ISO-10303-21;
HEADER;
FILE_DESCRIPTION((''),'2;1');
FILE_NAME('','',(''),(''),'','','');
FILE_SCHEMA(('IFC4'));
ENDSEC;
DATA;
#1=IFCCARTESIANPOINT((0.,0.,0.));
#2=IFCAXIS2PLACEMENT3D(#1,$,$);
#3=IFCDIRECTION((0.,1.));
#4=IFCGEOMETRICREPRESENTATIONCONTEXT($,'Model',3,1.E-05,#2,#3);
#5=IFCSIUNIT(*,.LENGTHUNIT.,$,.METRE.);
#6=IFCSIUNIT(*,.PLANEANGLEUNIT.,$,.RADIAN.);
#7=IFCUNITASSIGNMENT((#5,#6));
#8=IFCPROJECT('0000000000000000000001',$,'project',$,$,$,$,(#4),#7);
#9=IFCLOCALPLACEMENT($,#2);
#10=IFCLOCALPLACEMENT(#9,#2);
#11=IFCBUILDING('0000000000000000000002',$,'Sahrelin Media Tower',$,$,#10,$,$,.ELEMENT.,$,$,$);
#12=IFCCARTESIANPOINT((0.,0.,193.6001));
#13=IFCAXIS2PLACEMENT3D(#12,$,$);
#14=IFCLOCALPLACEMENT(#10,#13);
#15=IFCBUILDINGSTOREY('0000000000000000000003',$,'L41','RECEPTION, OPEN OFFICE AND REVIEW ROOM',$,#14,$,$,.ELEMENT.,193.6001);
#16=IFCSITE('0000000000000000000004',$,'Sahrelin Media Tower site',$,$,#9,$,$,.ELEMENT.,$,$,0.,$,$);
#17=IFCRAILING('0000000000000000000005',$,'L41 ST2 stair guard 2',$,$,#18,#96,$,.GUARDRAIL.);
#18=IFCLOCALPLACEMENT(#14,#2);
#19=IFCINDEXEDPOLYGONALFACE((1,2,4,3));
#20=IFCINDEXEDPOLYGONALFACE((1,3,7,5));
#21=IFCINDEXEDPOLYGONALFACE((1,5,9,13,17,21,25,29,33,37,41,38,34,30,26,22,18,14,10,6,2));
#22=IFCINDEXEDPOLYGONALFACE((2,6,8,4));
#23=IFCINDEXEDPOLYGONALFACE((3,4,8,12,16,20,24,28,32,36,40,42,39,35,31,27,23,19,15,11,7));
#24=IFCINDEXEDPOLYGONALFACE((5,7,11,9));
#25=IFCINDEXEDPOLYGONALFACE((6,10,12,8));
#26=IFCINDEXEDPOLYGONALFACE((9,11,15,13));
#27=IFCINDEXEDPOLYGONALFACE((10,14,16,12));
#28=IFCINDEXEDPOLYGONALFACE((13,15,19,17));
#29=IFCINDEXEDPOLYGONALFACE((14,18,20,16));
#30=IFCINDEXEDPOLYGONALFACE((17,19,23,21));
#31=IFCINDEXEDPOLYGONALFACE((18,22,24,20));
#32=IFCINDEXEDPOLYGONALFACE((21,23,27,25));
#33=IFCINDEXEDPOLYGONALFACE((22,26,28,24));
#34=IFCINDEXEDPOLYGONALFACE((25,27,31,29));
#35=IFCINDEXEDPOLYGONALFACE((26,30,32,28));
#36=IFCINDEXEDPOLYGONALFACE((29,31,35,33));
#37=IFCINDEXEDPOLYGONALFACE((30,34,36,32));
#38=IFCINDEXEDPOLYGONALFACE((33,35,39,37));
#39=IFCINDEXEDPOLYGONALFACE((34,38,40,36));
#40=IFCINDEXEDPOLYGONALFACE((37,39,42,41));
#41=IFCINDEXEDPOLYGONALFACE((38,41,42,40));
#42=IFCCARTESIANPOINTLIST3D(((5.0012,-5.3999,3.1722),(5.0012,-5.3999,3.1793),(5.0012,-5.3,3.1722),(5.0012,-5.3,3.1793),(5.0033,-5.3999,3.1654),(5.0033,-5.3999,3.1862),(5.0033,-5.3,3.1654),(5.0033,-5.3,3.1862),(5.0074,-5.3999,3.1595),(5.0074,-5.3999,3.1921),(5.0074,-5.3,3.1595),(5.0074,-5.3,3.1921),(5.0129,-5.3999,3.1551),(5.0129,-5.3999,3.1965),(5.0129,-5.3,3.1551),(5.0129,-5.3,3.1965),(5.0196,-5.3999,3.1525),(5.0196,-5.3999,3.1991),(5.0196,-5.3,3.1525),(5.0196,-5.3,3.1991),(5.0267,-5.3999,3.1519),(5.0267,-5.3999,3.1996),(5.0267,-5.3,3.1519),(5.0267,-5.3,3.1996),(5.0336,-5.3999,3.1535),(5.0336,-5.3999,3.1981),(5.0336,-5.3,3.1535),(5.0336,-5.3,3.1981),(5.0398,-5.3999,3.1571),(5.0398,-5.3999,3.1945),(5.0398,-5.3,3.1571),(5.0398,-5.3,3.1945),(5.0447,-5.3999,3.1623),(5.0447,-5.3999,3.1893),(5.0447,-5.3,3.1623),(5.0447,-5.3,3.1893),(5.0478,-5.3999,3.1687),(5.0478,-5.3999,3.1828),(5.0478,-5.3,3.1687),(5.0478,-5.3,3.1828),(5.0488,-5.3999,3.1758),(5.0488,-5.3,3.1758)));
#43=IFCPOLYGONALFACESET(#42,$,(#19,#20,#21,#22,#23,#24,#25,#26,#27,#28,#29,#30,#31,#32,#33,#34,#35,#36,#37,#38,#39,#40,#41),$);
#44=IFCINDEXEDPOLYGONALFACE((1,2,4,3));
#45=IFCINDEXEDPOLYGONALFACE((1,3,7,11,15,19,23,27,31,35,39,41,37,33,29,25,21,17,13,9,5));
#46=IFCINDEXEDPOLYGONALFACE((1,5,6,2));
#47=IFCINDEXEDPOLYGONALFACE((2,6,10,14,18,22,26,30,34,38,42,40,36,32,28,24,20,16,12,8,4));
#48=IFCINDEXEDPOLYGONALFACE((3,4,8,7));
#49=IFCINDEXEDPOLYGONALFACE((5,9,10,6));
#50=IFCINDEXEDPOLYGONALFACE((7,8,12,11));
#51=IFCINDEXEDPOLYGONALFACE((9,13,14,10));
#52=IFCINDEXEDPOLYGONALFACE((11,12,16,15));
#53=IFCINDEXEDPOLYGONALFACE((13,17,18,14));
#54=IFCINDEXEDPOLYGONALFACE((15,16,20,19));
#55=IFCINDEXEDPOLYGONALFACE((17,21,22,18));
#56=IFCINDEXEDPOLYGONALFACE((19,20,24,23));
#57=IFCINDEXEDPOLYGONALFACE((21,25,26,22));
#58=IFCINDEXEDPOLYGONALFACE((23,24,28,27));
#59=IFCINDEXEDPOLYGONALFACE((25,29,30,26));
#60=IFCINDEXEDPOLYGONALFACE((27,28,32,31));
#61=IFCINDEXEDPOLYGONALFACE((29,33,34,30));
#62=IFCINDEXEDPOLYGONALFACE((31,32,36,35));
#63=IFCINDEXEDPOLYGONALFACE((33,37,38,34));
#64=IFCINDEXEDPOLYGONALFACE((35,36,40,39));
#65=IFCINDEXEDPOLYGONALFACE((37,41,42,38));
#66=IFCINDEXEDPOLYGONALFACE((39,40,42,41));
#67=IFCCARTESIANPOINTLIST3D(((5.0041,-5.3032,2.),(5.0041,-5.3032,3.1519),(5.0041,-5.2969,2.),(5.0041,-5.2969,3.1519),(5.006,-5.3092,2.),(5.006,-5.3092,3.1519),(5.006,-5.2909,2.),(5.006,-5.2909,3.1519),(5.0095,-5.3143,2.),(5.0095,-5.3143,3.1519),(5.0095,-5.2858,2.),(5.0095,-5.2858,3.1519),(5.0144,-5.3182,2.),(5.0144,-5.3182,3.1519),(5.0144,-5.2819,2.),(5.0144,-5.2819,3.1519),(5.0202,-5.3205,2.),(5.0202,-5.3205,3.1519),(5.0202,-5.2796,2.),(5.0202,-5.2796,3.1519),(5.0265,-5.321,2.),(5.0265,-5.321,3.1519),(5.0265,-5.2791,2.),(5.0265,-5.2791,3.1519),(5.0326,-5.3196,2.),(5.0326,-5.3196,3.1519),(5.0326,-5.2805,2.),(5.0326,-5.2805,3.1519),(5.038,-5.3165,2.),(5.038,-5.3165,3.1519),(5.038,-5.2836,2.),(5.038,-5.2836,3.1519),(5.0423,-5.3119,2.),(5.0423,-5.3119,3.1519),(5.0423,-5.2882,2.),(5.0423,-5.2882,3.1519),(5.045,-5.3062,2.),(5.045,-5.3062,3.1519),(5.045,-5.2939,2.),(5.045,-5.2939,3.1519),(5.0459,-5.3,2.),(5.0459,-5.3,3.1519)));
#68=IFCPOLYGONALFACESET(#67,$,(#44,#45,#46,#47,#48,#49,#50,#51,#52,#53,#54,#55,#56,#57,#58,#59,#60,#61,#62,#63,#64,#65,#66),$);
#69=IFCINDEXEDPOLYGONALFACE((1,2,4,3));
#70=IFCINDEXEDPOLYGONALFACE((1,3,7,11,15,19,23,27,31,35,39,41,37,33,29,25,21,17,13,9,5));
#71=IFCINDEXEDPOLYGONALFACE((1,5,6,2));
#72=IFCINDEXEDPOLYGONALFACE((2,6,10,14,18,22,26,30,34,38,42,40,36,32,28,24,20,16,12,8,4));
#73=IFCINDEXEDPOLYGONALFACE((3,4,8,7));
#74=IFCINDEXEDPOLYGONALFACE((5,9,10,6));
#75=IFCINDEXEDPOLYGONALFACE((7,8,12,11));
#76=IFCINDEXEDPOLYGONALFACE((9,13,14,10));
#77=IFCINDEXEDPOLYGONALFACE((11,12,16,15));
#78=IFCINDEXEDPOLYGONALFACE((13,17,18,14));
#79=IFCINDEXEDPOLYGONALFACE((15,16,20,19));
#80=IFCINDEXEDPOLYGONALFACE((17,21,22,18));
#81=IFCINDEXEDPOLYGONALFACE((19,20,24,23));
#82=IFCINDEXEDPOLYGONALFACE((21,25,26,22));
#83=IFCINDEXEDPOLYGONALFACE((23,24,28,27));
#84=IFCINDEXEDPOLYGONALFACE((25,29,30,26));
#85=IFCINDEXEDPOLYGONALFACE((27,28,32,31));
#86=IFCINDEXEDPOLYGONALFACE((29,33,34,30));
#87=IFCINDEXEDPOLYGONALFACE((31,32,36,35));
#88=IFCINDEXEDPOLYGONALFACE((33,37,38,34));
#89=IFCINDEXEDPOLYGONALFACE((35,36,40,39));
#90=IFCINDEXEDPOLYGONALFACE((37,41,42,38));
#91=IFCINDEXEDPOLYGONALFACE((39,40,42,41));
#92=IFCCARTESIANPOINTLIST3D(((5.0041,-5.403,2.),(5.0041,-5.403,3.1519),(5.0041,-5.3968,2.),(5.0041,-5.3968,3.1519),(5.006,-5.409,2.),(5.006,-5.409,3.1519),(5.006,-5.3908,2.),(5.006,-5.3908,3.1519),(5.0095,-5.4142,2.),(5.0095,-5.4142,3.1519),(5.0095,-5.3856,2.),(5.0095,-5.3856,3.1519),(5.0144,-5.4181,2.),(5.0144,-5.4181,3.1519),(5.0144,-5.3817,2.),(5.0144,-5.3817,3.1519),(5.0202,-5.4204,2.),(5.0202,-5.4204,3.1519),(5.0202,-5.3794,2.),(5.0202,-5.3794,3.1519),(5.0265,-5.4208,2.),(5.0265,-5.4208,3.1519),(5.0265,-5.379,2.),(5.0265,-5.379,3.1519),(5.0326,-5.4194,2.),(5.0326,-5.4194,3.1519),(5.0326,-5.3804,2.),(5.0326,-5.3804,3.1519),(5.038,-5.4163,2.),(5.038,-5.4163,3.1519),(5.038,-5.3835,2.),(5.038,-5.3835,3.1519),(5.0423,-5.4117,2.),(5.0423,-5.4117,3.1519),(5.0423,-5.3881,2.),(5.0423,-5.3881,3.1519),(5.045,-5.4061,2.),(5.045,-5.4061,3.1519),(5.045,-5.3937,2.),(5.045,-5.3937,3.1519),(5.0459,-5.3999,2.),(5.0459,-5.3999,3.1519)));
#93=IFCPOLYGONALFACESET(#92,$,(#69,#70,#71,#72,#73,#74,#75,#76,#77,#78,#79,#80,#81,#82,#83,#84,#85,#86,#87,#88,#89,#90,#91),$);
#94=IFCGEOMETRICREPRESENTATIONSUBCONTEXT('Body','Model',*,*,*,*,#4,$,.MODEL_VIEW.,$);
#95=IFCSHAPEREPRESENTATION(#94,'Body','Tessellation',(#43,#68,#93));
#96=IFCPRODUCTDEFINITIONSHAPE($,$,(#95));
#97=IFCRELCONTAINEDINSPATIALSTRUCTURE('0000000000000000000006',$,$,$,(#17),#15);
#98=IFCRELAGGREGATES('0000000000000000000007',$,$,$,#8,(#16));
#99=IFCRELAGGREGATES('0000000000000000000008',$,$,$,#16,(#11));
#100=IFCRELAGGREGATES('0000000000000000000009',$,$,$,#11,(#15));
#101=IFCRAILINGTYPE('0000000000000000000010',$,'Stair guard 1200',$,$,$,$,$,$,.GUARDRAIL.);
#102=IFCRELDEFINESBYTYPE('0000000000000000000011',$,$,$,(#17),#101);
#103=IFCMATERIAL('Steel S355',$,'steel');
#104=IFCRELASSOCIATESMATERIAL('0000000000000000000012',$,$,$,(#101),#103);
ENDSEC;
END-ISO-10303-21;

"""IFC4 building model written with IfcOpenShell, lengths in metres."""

from ifc_helpers import new_model, si_unit, direction, frame, origin, origin_2d, place, context, subcontext, project, spatial, circle, extrude, material, type_object, element, save


model = new_model("IFC4")

# Units and contexts
model_context = context("Model", 3, precision=1e-05, world=origin(), true_north=direction((0.0, 1.0)))
body_context = subcontext(model_context, "Body", "Model", "MODEL_VIEW")
ifc_project = project(units=[si_unit("LENGTHUNIT", "METRE"), si_unit("PLANEANGLEUNIT", "RADIAN")], contexts=[model_context])

# Site, building, storey
site_placement = place(None, origin())
site = spatial("IfcSite", under=ifc_project, at=site_placement, Name="Sahrelin Media Tower site", CompositionType="ELEMENT", RefElevation=0.0)
building_placement = place(site_placement, origin())
building = spatial("IfcBuilding", under=site, at=building_placement, Name="Sahrelin Media Tower", CompositionType="ELEMENT")
storey_placement = place(building_placement, frame((0.0, 0.0, 193.6001)))
storey = spatial("IfcBuildingStorey", under=building, at=storey_placement, Name="L41", Description="RECEPTION, OPEN OFFICE AND REVIEW ROOM", CompositionType="ELEMENT", Elevation=193.6001)

# Shared definitions
ifc_material_1 = material(Name="Steel S355", Category="steel")

# Railing
railing_type_1 = type_object("IfcRailingType", Name="Stair guard 1200", PredefinedType="GUARDRAIL", material=ifc_material_1)
railing_1_placement = place(storey_placement, frame((5.0249, -5.3, 2.0)))
element("IfcRailing", 1, at=railing_1_placement, inside=storey, type_object=railing_type_1, Name="L41 ST2 stair guard 2", PredefinedType="GUARDRAIL", context=body_context, shape_type="SweptSolid", body=[
    extrude(circle(Radius=0.0239, at=origin_2d()), frame((0.0, 0.0, 1.1758), z_axis=(0.0, -1.0, 0.0), x_axis=(1.0, 0.0, 0.0)), (0.0, 0.0, 1.0), 0.0999),
    extrude(circle(Radius=0.021, at=origin_2d()), origin(), (0.0, 0.0, 1.0), 1.1519),
    extrude(circle(Radius=0.021, at=origin_2d()), frame((0.0, -0.0999, 0.0)), (0.0, 0.0, 1.0), 1.1519),
])

save(model, "model.ifc")
